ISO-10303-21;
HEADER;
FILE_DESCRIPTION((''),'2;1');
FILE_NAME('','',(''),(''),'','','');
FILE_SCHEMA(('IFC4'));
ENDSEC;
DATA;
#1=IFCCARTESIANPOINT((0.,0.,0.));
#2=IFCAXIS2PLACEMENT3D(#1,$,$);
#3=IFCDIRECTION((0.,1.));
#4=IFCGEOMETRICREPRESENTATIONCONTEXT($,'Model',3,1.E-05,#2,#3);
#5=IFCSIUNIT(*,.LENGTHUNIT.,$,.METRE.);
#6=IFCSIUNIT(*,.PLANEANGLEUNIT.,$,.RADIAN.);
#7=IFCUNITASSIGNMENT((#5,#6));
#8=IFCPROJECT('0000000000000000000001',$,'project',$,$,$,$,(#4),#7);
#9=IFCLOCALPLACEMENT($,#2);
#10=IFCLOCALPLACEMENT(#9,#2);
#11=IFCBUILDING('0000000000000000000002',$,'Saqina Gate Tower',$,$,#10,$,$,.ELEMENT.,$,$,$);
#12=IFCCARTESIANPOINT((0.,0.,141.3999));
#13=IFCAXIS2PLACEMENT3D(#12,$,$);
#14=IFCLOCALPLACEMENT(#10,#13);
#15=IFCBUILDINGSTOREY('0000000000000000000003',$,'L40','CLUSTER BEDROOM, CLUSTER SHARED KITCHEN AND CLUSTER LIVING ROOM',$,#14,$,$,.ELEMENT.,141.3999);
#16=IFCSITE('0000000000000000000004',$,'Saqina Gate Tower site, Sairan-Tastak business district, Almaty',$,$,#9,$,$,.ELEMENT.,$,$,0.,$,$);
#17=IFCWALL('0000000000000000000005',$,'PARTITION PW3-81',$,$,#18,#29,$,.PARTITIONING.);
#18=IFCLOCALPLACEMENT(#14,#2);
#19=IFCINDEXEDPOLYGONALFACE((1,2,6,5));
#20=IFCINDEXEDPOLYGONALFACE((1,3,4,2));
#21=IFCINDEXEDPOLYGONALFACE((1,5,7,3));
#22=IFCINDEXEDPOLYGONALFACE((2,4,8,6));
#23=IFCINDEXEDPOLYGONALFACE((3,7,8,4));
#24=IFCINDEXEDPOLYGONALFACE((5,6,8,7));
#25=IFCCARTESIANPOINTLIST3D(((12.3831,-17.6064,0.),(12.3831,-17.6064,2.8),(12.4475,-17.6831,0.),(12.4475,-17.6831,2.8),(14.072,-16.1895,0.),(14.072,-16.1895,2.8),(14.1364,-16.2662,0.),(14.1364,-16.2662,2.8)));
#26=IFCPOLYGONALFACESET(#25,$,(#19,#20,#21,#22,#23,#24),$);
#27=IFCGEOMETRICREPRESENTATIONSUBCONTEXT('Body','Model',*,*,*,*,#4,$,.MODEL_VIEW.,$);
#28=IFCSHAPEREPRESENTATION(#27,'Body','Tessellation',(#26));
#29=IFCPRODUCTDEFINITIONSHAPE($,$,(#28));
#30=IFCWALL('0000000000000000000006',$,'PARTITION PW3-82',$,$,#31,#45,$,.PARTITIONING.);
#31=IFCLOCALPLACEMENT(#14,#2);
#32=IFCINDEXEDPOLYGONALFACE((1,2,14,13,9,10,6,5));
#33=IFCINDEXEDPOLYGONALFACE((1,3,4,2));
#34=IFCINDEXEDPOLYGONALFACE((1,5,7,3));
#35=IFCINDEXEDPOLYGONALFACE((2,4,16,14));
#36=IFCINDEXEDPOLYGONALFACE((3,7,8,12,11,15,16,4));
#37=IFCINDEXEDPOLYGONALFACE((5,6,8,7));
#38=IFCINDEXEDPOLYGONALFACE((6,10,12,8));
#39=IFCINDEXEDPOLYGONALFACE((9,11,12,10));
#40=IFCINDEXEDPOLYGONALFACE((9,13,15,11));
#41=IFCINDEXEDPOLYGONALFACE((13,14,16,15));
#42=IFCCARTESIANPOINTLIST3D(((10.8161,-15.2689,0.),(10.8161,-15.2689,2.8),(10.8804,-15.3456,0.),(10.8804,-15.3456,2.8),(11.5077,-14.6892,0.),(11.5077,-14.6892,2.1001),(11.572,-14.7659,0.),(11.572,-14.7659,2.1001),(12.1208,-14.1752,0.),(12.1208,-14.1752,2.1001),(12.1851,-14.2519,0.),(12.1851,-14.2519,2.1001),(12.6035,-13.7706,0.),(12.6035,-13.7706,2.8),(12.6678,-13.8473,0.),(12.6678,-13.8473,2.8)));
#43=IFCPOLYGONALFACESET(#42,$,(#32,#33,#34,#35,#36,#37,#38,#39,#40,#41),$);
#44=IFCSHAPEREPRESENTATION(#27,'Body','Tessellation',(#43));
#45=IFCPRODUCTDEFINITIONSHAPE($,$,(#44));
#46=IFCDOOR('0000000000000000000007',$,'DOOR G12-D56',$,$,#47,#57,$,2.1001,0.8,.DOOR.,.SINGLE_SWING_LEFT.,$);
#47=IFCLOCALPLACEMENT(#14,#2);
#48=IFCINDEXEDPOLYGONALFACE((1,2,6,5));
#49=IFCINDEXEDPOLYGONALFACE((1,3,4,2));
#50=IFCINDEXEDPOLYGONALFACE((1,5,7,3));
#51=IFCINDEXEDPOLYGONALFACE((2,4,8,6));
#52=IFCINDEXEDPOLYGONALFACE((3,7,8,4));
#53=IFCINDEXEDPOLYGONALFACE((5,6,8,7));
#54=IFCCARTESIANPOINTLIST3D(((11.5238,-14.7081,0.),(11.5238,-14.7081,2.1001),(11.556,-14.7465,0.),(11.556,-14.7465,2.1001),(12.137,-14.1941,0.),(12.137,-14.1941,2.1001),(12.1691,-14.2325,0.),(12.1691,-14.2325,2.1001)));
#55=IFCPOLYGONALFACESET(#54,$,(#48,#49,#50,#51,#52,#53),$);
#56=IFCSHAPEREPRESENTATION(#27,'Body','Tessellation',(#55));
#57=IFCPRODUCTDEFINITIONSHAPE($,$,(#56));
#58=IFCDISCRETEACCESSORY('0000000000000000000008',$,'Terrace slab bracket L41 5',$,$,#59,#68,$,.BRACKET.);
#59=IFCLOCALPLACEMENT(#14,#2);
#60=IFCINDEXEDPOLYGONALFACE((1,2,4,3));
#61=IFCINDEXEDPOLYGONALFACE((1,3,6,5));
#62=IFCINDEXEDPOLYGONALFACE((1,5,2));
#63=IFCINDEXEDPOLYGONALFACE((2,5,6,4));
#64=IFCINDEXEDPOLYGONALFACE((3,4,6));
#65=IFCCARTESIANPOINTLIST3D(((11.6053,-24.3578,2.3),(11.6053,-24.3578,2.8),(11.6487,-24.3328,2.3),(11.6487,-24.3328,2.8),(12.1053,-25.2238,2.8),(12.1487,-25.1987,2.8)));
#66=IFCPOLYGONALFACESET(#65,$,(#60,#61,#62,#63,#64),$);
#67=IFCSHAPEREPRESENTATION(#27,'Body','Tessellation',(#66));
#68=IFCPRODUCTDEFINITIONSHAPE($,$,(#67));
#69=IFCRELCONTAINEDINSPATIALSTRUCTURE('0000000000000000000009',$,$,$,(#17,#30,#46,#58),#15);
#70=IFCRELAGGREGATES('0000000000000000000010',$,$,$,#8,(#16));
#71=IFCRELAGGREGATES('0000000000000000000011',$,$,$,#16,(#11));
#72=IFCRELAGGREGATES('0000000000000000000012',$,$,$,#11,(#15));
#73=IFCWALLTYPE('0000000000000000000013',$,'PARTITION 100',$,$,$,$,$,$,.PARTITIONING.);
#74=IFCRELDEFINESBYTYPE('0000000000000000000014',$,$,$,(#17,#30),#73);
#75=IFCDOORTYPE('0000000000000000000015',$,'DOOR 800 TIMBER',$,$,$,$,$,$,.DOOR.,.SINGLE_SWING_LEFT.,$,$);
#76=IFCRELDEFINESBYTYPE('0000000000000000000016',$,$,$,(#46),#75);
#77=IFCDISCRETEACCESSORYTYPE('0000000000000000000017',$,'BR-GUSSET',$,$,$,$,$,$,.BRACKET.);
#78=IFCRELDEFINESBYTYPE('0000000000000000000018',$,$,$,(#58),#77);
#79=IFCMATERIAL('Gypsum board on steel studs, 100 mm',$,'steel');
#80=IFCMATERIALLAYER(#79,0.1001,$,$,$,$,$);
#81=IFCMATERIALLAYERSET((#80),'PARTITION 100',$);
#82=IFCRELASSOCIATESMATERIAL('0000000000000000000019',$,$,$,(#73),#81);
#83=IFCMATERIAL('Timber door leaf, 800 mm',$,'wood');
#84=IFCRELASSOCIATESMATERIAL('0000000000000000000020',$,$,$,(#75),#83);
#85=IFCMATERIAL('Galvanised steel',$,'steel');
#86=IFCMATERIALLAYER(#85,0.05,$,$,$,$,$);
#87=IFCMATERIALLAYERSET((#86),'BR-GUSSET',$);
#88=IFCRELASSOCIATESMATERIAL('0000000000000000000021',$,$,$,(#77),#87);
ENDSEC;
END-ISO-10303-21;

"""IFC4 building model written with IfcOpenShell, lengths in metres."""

from ifc_helpers import new_model, si_unit, direction, frame, frame_2d, origin, place, context, subcontext, project, spatial, polyline, rectangle, outline, extrude, material, layer, layer_set, type_object, element, fill, save


model = new_model("IFC4")

# Units and contexts
model_context = context("Model", 3, precision=1e-05, world=origin(), true_north=direction((0.0, 1.0)))
body_context = subcontext(model_context, "Body", "Model", "MODEL_VIEW")
ifc_project = project(units=[si_unit("LENGTHUNIT", "METRE"), si_unit("PLANEANGLEUNIT", "RADIAN")], contexts=[model_context])

# Site, building, storey
site_placement = place(None, origin())
site = spatial("IfcSite", under=ifc_project, at=site_placement, Name="Saqina Gate Tower site, Sairan-Tastak business district, Almaty", CompositionType="ELEMENT", RefElevation=0.0)
building_placement = place(site_placement, origin())
building = spatial("IfcBuilding", under=site, at=building_placement, Name="Saqina Gate Tower", CompositionType="ELEMENT")
storey_placement = place(building_placement, frame((0.0, 0.0, 141.3999)))
storey = spatial("IfcBuildingStorey", under=building, at=storey_placement, Name="L40", Description="CLUSTER BEDROOM, CLUSTER SHARED KITCHEN AND CLUSTER LIVING ROOM", CompositionType="ELEMENT", Elevation=141.3999)

# Shared definitions
ifc_material_1 = material(Name="Gypsum board on steel studs, 100 mm", Category="steel")
ifc_layer_1 = layer(ifc_material_1, 0.1001)
ifc_layer_set_1 = layer_set([ifc_layer_1], Name="PARTITION 100")
wall_type_1 = type_object("IfcWallType", Name="PARTITION 100", PredefinedType="PARTITIONING", material=ifc_layer_set_1)

# Shared definitions
ifc_material_2 = material(Name="Timber door leaf, 800 mm", Category="wood")
door_type = type_object("IfcDoorType", Name="DOOR 800 TIMBER", OperationType="SINGLE_SWING_LEFT", PredefinedType="DOOR", material=ifc_material_2)

# Wall
wall_1_placement = place(storey_placement, frame((12.4153, -17.6448, 0.0), z_axis=(0.0, 0.0, 1.0), x_axis=(0.766093, 0.64273, 0.0)))
element("IfcWall", 1, at=wall_1_placement, inside=storey, type_object=wall_type_1, Name="PARTITION PW3-81", PredefinedType="PARTITIONING", context=body_context, shape_type="SweptSolid", body=[
    extrude(rectangle(XDim=2.2046, YDim=0.1001, at=frame_2d((1.1023, 0.0))), origin(), (0.0, 0.0, 1.0), 2.8),
])

# Wall, opening, door
wall_2_placement = place(storey_placement, frame((10.8484, -15.3071, 0.0), z_axis=(0.0, 0.0, 1.0), x_axis=(0.766356, 0.642416, 0.0)))
wall_2 = element("IfcWall", 2, at=wall_2_placement, inside=storey, type_object=wall_type_1, Name="PARTITION PW3-82", PredefinedType="PARTITIONING", context=body_context, shape_type="SweptSolid", body=[
    extrude(rectangle(XDim=2.3323, YDim=0.1001, at=frame_2d((1.166, 0.0))), origin(), (0.0, 0.0, 1.0), 2.8),
])
opening_1_placement = place(wall_2_placement, frame((0.9023, 0.0, 0.0)))
opening_1 = element("IfcOpeningElement", 3, at=opening_1_placement, cuts=wall_2, PredefinedType="OPENING", context=body_context, shape_type="SweptSolid", body=[
    extrude(rectangle(XDim=0.8, YDim=2.1001, at=frame_2d((0.3999, 1.05))), frame((0.0, 0.062, 0.0), z_axis=(0.0, -1.0, 0.0), x_axis=(1.0, 0.0, 0.0)), (0.0, 0.0, 1.0), 0.124),
])
door_1_placement = place(opening_1_placement, frame((0.8, 0.0, 0.0), z_axis=(0.0, 0.0, 1.0), x_axis=(-1.0, 0.0, 0.0)))
door_1 = element("IfcDoor", 4, at=door_1_placement, inside=storey, type_object=door_type, Name="DOOR G12-D56", OperationType="SINGLE_SWING_LEFT", OverallHeight=2.1001, OverallWidth=0.8, PredefinedType="DOOR", context=body_context, shape_type="SweptSolid", body=[
    extrude(rectangle(XDim=0.8, YDim=2.1001, at=frame_2d((0.3999, 1.05))), frame((0.0, 0.0249, 0.0), z_axis=(0.0, -1.0, 0.0), x_axis=(1.0, 0.0, 0.0)), (0.0, 0.0, 1.0), 0.05),
])
fill(opening_1, door_1)

# Discrete accessory
ifc_material_3 = material(Name="Galvanised steel", Category="steel")
ifc_layer_2 = layer(ifc_material_3, 0.05)
ifc_layer_set_2 = layer_set([ifc_layer_2], Name="BR-GUSSET")
discrete_accessory_type = type_object("IfcDiscreteAccessoryType", Name="BR-GUSSET", PredefinedType="BRACKET", material=ifc_layer_set_2)
discrete_accessory_placement = place(storey_placement, frame((11.6487, -24.3328, 2.3), z_axis=(0.866011, 0.500025, 0.0), x_axis=(0.0, 0.0, 1.0)))
element("IfcDiscreteAccessory", 5, at=discrete_accessory_placement, inside=storey, type_object=discrete_accessory_type, Name="Terrace slab bracket L41 5", PredefinedType="BRACKET", context=body_context, shape_type="SweptSolid", body=[
    extrude(outline(polyline([(0.0, 0.0), (0.5, 0.0), (0.5, 0.9999), (0.0, 0.0)])), origin(), (0.0, 0.0, -1.0), 0.05),
])

save(model, "model.ifc")
